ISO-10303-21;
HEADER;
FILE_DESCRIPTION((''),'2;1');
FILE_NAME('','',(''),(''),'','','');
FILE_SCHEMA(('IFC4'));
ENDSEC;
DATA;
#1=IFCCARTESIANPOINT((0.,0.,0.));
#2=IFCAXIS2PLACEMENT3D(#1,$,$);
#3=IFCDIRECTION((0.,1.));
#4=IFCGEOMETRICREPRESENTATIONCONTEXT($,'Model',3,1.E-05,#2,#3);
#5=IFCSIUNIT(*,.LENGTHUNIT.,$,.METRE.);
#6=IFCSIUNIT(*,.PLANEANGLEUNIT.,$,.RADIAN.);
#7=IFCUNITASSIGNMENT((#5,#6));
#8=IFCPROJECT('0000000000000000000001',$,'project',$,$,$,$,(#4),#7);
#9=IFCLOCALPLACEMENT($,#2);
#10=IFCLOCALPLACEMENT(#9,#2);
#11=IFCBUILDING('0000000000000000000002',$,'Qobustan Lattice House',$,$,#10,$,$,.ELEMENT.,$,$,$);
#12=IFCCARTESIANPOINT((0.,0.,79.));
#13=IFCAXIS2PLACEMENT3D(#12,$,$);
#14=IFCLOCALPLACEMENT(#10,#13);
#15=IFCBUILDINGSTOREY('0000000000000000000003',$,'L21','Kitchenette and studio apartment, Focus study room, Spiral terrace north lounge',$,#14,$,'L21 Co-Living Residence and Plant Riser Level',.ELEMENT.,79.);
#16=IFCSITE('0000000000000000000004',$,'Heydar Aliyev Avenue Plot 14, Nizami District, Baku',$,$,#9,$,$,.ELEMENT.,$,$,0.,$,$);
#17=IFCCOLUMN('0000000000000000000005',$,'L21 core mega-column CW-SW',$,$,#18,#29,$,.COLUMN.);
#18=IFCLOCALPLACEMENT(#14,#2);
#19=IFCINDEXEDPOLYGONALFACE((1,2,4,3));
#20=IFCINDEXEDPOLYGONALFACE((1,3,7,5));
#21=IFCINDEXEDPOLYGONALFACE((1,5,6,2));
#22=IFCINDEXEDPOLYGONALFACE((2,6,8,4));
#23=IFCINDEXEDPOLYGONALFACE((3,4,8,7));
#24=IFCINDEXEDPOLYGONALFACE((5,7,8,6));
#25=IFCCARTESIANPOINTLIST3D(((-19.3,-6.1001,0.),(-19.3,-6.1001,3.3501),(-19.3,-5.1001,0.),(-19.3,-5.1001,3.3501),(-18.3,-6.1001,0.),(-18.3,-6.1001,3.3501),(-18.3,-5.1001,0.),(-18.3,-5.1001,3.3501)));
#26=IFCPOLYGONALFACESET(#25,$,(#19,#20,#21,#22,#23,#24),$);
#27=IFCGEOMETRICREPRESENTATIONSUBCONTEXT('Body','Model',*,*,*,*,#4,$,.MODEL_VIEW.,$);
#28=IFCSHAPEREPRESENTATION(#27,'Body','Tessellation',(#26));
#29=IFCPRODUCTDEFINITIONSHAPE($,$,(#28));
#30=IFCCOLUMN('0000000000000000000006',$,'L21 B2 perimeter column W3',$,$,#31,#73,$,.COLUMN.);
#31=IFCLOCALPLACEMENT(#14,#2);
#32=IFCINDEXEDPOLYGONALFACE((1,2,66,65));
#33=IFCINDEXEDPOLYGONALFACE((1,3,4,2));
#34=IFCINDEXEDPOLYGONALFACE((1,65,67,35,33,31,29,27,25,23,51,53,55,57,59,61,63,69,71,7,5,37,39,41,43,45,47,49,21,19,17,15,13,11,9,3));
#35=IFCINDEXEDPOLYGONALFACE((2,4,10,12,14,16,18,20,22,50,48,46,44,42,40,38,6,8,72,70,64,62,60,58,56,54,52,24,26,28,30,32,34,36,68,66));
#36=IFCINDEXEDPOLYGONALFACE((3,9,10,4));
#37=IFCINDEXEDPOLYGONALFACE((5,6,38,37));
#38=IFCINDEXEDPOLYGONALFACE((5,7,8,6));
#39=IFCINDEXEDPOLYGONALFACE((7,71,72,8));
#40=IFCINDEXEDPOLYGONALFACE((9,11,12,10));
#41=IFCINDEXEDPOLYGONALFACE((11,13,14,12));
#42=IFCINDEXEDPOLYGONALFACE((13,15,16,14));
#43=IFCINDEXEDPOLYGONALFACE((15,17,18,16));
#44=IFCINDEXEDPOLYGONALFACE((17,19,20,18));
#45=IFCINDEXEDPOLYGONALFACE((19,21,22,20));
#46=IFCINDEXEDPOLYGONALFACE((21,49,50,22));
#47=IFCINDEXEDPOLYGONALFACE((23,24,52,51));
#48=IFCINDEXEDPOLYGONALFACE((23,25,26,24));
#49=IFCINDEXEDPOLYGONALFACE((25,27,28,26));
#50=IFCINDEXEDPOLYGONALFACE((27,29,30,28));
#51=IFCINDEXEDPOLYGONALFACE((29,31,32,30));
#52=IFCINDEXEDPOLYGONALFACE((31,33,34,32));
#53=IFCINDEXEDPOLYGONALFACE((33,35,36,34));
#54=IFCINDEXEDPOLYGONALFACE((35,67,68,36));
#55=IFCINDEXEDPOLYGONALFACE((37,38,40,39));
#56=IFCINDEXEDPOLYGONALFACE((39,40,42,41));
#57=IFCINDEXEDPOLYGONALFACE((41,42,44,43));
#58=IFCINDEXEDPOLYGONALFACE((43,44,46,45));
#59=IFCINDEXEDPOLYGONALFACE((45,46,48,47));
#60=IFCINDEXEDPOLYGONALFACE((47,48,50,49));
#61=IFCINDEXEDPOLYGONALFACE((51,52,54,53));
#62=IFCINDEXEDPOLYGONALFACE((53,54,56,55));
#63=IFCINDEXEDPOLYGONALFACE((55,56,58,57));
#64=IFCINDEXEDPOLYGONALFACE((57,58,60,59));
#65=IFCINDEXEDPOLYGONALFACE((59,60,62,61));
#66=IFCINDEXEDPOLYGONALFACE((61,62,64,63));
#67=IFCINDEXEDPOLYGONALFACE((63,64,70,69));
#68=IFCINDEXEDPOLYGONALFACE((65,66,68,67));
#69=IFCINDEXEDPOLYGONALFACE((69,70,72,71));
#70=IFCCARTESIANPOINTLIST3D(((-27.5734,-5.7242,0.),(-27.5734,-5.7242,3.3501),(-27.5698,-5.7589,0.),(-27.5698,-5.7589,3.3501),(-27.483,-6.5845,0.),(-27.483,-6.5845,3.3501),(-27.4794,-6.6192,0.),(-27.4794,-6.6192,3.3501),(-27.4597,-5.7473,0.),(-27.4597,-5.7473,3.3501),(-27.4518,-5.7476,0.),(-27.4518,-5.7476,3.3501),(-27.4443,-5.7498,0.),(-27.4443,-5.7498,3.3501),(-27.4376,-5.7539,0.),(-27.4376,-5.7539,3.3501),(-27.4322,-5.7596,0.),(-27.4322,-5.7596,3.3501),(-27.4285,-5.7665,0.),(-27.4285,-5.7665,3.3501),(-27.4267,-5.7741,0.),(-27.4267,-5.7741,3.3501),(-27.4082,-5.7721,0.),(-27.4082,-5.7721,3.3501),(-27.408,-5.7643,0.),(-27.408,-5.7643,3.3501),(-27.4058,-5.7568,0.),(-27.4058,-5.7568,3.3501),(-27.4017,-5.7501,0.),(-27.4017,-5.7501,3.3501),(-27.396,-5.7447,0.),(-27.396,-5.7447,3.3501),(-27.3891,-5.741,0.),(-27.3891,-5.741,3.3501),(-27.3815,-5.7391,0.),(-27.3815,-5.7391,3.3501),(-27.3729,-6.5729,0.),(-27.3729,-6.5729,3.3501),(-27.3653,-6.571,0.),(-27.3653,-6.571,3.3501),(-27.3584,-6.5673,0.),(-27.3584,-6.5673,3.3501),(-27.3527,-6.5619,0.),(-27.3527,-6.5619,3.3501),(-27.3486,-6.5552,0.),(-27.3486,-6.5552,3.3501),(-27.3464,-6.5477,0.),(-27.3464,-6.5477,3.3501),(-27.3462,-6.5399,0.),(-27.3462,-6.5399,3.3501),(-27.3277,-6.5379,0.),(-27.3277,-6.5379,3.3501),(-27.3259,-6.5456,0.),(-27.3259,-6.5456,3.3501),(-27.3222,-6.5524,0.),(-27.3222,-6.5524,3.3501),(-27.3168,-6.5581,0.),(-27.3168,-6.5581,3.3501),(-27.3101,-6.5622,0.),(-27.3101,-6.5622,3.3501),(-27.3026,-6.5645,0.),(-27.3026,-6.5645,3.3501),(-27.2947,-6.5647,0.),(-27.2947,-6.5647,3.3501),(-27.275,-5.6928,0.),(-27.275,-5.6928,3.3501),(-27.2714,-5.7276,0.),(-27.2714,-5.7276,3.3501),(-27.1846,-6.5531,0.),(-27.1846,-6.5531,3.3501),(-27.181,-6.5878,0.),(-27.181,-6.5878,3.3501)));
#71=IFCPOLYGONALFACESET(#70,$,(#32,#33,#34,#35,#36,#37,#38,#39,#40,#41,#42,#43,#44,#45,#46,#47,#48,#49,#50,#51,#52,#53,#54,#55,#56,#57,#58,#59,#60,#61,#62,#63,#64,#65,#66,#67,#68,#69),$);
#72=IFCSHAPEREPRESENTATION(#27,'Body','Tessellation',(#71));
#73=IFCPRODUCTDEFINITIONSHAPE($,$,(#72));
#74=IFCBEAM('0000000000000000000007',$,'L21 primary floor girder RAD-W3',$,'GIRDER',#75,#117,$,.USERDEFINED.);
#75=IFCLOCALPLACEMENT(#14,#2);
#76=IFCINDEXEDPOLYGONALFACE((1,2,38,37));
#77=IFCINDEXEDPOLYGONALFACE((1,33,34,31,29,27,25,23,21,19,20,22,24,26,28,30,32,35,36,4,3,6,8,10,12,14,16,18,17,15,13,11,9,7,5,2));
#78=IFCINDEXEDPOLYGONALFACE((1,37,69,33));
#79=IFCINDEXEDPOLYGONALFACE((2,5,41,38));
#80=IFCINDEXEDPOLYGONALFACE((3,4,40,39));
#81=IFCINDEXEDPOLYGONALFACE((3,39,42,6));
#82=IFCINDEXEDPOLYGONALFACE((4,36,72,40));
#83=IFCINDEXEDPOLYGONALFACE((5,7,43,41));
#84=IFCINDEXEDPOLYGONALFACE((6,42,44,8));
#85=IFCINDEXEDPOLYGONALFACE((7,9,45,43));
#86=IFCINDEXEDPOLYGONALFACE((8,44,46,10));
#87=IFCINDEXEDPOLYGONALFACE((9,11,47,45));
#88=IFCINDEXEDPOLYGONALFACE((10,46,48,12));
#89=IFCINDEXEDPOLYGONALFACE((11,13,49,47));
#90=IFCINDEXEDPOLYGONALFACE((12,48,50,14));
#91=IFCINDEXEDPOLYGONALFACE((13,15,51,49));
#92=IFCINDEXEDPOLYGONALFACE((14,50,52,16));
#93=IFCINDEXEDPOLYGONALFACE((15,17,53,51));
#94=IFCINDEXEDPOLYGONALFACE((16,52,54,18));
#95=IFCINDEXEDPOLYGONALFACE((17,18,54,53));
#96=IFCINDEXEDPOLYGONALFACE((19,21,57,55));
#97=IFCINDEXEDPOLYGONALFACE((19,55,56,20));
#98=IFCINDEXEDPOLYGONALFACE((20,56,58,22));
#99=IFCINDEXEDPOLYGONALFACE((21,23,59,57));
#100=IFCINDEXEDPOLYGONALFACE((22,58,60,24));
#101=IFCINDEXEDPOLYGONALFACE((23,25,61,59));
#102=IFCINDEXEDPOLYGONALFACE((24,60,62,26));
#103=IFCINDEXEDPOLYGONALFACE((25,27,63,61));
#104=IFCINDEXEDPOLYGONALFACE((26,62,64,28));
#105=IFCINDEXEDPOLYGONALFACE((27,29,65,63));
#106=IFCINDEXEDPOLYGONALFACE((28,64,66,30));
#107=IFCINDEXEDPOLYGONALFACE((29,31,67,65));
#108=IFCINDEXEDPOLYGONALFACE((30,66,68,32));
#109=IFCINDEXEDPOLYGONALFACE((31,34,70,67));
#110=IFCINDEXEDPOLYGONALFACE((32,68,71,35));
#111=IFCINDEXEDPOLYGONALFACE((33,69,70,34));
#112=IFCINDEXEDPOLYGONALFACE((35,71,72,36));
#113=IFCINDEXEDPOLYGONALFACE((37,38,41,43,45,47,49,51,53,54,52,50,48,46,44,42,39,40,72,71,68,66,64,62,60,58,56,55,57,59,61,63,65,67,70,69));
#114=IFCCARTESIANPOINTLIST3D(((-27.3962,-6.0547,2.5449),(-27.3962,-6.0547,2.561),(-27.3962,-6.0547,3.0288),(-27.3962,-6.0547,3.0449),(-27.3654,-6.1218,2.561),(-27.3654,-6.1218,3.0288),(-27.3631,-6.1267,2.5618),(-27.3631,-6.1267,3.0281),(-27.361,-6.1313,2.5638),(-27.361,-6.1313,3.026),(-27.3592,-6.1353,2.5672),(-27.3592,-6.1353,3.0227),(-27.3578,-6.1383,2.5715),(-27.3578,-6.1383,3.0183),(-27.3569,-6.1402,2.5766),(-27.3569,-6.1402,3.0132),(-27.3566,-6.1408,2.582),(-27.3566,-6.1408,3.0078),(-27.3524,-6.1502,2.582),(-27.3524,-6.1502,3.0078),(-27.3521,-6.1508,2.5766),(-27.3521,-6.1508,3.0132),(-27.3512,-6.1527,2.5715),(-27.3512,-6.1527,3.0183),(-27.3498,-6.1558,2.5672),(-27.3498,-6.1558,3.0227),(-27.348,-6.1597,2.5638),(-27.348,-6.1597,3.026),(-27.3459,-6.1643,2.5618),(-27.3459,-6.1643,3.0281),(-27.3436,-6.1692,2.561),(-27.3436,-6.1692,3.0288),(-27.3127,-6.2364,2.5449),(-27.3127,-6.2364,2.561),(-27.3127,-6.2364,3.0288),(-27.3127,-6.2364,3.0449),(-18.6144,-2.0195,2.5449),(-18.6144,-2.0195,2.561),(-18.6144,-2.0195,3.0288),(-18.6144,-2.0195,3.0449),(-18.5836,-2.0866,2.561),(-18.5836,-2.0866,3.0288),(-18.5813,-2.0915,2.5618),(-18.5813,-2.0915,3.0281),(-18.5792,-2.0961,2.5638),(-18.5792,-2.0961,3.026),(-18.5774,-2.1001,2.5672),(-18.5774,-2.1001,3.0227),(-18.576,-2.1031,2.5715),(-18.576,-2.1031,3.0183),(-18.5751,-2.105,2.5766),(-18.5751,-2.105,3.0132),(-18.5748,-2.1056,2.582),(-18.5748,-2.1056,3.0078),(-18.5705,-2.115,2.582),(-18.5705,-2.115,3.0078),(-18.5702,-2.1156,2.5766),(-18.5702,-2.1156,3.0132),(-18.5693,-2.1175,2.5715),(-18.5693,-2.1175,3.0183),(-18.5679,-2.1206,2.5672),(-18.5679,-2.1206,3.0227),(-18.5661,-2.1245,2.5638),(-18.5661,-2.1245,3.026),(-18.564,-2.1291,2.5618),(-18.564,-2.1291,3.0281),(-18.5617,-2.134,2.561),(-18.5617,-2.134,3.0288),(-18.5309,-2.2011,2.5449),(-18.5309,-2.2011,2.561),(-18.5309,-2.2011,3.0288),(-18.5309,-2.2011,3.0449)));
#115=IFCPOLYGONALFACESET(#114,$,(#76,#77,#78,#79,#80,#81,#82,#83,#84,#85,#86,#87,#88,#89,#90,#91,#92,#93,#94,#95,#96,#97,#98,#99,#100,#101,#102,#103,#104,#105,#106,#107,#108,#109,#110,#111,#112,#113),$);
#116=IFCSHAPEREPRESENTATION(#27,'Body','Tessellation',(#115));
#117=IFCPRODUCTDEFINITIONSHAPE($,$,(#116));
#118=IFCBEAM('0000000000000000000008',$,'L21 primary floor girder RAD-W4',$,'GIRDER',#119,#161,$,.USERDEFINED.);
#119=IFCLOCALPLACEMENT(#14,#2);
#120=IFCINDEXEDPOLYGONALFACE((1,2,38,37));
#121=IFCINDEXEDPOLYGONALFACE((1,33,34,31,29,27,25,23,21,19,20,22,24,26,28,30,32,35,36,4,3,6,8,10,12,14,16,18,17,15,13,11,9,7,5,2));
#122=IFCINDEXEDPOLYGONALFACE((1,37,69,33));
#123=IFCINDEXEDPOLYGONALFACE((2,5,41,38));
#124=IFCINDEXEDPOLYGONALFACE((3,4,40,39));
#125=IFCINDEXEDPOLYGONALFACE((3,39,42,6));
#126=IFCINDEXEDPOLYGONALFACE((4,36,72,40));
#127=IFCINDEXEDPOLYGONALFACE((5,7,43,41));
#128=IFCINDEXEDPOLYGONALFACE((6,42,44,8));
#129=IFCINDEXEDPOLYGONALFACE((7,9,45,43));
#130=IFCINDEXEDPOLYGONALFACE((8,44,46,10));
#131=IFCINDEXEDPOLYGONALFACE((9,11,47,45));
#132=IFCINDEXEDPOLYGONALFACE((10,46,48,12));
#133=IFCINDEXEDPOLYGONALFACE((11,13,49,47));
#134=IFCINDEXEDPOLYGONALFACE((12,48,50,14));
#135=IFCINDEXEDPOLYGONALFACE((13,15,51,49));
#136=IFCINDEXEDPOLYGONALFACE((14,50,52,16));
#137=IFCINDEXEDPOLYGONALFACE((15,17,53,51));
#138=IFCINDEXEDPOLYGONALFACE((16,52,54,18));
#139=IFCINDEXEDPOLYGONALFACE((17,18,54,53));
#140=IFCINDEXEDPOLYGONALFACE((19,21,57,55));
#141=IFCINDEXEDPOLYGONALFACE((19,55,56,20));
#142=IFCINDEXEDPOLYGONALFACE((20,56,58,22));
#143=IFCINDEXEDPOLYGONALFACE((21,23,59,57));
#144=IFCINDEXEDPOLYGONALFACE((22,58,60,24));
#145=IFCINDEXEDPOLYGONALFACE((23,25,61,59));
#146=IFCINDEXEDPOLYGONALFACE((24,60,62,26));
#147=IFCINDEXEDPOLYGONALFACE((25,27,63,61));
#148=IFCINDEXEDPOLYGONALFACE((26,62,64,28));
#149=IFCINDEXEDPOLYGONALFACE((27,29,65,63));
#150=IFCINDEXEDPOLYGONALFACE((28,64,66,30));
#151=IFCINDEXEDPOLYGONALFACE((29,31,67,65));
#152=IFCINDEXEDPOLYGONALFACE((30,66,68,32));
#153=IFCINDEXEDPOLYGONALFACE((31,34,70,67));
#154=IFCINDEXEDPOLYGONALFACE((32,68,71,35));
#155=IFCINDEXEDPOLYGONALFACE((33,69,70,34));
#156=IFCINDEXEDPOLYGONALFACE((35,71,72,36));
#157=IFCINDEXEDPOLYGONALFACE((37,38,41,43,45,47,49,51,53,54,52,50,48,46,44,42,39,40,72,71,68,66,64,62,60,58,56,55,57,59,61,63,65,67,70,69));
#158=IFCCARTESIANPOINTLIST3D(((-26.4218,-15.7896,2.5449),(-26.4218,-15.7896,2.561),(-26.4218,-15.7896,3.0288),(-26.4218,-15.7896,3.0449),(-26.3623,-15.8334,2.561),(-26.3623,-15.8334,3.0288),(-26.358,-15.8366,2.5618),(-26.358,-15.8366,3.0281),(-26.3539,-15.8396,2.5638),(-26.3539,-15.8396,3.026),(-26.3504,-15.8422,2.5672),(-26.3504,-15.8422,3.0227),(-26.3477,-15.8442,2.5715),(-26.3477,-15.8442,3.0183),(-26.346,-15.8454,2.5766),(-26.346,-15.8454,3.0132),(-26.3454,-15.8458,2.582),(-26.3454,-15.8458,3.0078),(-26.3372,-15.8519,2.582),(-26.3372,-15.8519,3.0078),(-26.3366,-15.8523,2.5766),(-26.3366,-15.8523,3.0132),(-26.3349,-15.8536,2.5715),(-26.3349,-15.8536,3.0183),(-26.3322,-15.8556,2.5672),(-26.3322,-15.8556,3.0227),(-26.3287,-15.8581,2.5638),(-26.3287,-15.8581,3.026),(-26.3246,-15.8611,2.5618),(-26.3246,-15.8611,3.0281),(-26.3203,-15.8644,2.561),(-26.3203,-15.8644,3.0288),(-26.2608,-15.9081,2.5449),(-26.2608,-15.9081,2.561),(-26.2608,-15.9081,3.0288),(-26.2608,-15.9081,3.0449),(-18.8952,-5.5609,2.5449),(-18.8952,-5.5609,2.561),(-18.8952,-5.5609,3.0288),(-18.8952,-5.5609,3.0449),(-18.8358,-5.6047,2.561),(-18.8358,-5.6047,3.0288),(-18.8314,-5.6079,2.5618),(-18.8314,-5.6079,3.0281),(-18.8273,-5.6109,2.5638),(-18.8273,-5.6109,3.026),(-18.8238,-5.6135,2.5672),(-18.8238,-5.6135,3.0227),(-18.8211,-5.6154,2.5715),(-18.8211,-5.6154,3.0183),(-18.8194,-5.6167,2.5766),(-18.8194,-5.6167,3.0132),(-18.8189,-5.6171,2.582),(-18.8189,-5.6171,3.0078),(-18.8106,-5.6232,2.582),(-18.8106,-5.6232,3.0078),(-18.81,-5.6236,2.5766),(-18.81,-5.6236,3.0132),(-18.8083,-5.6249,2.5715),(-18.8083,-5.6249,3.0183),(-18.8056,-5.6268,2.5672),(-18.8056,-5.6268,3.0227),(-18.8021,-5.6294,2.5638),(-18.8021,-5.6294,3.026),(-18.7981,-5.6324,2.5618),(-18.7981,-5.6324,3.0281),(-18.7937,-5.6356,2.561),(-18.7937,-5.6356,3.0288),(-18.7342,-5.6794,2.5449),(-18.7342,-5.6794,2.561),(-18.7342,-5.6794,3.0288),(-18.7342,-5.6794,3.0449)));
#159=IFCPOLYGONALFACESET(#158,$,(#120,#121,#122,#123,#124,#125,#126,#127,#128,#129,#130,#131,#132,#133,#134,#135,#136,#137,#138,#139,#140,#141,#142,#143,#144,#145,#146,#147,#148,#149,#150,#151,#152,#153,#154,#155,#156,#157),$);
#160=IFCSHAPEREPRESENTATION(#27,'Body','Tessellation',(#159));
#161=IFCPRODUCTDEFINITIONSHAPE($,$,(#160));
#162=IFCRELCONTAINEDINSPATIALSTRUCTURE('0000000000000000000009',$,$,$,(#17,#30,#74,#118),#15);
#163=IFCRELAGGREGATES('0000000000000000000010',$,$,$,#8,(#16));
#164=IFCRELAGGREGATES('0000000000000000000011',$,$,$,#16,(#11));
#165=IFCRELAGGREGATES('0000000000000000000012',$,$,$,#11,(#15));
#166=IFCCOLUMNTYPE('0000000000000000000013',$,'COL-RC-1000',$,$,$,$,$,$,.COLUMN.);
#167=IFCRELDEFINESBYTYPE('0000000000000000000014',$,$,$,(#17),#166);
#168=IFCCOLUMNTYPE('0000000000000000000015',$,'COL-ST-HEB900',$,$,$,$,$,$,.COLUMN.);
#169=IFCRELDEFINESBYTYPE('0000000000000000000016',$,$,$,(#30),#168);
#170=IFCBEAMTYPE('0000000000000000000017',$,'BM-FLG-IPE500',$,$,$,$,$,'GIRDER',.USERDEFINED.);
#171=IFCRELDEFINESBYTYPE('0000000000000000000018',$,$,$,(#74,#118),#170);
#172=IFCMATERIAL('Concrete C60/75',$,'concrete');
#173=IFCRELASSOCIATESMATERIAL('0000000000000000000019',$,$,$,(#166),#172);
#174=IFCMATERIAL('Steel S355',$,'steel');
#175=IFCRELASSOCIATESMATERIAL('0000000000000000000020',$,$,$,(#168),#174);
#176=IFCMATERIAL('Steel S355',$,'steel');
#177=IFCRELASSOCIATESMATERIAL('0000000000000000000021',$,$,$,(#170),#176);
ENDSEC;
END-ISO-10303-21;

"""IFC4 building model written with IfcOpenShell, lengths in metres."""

from ifc_helpers import new_model, si_unit, direction, frame, origin, origin_2d, place, context, subcontext, project, spatial, rectangle, i_section, extrude, material, material_profile, profile_set, type_object, element, save


model = new_model("IFC4")

# Units and contexts
model_context = context("Model", 3, precision=1e-05, world=origin(), true_north=direction((0.0, 1.0)))
body_context = subcontext(model_context, "Body", "Model", "MODEL_VIEW")
ifc_project = project(units=[si_unit("LENGTHUNIT", "METRE"), si_unit("PLANEANGLEUNIT", "RADIAN")], contexts=[model_context])

# Site, building, storey
site_placement = place(None, origin())
site = spatial("IfcSite", under=ifc_project, at=site_placement, Name="Heydar Aliyev Avenue Plot 14, Nizami District, Baku", CompositionType="ELEMENT", RefElevation=0.0)
building_placement = place(site_placement, origin())
building = spatial("IfcBuilding", under=site, at=building_placement, Name="Qobustan Lattice House", CompositionType="ELEMENT")
storey_placement = place(building_placement, frame((0.0, 0.0, 79.0)))
storey = spatial("IfcBuildingStorey", under=building, at=storey_placement, Name="L21", Description="Kitchenette and studio apartment, Focus study room, Spiral terrace north lounge", LongName="L21 Co-Living Residence and Plant Riser Level", CompositionType="ELEMENT", Elevation=79.0)

# Columns
ifc_material_1 = material(Name="Concrete C60/75", Category="concrete")
ifc_material_profile_1 = material_profile(ifc_material_1, rectangle(XDim=1.0, YDim=1.0, at=origin_2d()), Name="RC1000x1000")
ifc_profile_set_1 = profile_set([ifc_material_profile_1], Name="Concrete C60/75")
column_type_1 = type_object("IfcColumnType", Name="COL-RC-1000", PredefinedType="COLUMN", material=ifc_profile_set_1)
column_1_placement = place(storey_placement, frame((-18.8, -5.6001, 0.0), z_axis=(0.0, 0.0, 1.0), x_axis=(1.0, 0.0, 0.0)))
element("IfcColumn", 1, at=column_1_placement, inside=storey, type_object=column_type_1, Name="L21 core mega-column CW-SW", PredefinedType="COLUMN", context=body_context, shape_type="SweptSolid", body=[
    extrude(rectangle(XDim=1.0, YDim=1.0, at=origin_2d()), origin(), (0.0, 0.0, 1.0), 3.3501),
])
ifc_material_2 = material(Name="Steel S355", Category="steel")
ifc_material_profile_2 = material_profile(ifc_material_2, i_section(OverallWidth=0.3, OverallDepth=0.8999, WebThickness=0.0186, FlangeThickness=0.0349, FilletRadius=0.03, at=origin_2d()), Name="HEB900")
ifc_profile_set_2 = profile_set([ifc_material_profile_2], Name="Steel S355")
column_type_2 = type_object("IfcColumnType", Name="COL-ST-HEB900", PredefinedType="COLUMN", material=ifc_profile_set_2)
column_2_placement = place(storey_placement, frame((-27.3772, -6.156, 0.0), z_axis=(0.0, 0.0, 1.0), x_axis=(0.994522, 0.104528, 0.0)))
element("IfcColumn", 2, at=column_2_placement, inside=storey, type_object=column_type_2, Name="L21 B2 perimeter column W3", PredefinedType="COLUMN", context=body_context, shape_type="SweptSolid", body=[
    extrude(i_section(OverallWidth=0.3, OverallDepth=0.8999, WebThickness=0.0186, FlangeThickness=0.0349, FilletRadius=0.03, at=origin_2d()), origin(), (0.0, 0.0, 1.0), 3.3501),
])

# Beams
ifc_material_3 = material(Name="Steel S355", Category="steel")
ifc_material_profile_3 = material_profile(ifc_material_3, i_section(OverallWidth=0.2, OverallDepth=0.5, WebThickness=0.0103, FlangeThickness=0.0161, FilletRadius=0.021, at=origin_2d()), Name="IPE500")
ifc_profile_set_3 = profile_set([ifc_material_profile_3], Name="Steel S355")
beam_type_1 = type_object("IfcBeamType", Name="BM-FLG-IPE500", ElementType="GIRDER", PredefinedType="USERDEFINED", material=ifc_profile_set_3)
beam_1_placement = place(storey_placement, frame((-27.3545, -6.1455, 2.7949), z_axis=(0.908665, 0.417526, 0.0), x_axis=(-0.417526, 0.908665, 0.0)))
element("IfcBeam", 3, at=beam_1_placement, inside=storey, type_object=beam_type_1, Name="L21 primary floor girder RAD-W3", ObjectType="GIRDER", PredefinedType="USERDEFINED", context=body_context, shape_type="SweptSolid", body=[
    extrude(i_section(OverallWidth=0.2, OverallDepth=0.5, WebThickness=0.0103, FlangeThickness=0.0161, FilletRadius=0.021, at=origin_2d()), origin(), (0.0, 0.0, 1.0), 9.6646),
])
beam_2_placement = place(storey_placement, frame((-26.3413, -15.8489, 2.7949), z_axis=(0.59267, 0.805446, 0.0), x_axis=(-0.805446, 0.59267, 0.0)))
element("IfcBeam", 4, at=beam_2_placement, inside=storey, type_object=beam_type_1, Name="L21 primary floor girder RAD-W4", ObjectType="GIRDER", PredefinedType="USERDEFINED", context=body_context, shape_type="SweptSolid", body=[
    extrude(i_section(OverallWidth=0.2, OverallDepth=0.5, WebThickness=0.0103, FlangeThickness=0.0161, FilletRadius=0.021, at=origin_2d()), origin(), (0.0, 0.0, 1.0), 12.6995),
])

save(model, "model.ifc")
